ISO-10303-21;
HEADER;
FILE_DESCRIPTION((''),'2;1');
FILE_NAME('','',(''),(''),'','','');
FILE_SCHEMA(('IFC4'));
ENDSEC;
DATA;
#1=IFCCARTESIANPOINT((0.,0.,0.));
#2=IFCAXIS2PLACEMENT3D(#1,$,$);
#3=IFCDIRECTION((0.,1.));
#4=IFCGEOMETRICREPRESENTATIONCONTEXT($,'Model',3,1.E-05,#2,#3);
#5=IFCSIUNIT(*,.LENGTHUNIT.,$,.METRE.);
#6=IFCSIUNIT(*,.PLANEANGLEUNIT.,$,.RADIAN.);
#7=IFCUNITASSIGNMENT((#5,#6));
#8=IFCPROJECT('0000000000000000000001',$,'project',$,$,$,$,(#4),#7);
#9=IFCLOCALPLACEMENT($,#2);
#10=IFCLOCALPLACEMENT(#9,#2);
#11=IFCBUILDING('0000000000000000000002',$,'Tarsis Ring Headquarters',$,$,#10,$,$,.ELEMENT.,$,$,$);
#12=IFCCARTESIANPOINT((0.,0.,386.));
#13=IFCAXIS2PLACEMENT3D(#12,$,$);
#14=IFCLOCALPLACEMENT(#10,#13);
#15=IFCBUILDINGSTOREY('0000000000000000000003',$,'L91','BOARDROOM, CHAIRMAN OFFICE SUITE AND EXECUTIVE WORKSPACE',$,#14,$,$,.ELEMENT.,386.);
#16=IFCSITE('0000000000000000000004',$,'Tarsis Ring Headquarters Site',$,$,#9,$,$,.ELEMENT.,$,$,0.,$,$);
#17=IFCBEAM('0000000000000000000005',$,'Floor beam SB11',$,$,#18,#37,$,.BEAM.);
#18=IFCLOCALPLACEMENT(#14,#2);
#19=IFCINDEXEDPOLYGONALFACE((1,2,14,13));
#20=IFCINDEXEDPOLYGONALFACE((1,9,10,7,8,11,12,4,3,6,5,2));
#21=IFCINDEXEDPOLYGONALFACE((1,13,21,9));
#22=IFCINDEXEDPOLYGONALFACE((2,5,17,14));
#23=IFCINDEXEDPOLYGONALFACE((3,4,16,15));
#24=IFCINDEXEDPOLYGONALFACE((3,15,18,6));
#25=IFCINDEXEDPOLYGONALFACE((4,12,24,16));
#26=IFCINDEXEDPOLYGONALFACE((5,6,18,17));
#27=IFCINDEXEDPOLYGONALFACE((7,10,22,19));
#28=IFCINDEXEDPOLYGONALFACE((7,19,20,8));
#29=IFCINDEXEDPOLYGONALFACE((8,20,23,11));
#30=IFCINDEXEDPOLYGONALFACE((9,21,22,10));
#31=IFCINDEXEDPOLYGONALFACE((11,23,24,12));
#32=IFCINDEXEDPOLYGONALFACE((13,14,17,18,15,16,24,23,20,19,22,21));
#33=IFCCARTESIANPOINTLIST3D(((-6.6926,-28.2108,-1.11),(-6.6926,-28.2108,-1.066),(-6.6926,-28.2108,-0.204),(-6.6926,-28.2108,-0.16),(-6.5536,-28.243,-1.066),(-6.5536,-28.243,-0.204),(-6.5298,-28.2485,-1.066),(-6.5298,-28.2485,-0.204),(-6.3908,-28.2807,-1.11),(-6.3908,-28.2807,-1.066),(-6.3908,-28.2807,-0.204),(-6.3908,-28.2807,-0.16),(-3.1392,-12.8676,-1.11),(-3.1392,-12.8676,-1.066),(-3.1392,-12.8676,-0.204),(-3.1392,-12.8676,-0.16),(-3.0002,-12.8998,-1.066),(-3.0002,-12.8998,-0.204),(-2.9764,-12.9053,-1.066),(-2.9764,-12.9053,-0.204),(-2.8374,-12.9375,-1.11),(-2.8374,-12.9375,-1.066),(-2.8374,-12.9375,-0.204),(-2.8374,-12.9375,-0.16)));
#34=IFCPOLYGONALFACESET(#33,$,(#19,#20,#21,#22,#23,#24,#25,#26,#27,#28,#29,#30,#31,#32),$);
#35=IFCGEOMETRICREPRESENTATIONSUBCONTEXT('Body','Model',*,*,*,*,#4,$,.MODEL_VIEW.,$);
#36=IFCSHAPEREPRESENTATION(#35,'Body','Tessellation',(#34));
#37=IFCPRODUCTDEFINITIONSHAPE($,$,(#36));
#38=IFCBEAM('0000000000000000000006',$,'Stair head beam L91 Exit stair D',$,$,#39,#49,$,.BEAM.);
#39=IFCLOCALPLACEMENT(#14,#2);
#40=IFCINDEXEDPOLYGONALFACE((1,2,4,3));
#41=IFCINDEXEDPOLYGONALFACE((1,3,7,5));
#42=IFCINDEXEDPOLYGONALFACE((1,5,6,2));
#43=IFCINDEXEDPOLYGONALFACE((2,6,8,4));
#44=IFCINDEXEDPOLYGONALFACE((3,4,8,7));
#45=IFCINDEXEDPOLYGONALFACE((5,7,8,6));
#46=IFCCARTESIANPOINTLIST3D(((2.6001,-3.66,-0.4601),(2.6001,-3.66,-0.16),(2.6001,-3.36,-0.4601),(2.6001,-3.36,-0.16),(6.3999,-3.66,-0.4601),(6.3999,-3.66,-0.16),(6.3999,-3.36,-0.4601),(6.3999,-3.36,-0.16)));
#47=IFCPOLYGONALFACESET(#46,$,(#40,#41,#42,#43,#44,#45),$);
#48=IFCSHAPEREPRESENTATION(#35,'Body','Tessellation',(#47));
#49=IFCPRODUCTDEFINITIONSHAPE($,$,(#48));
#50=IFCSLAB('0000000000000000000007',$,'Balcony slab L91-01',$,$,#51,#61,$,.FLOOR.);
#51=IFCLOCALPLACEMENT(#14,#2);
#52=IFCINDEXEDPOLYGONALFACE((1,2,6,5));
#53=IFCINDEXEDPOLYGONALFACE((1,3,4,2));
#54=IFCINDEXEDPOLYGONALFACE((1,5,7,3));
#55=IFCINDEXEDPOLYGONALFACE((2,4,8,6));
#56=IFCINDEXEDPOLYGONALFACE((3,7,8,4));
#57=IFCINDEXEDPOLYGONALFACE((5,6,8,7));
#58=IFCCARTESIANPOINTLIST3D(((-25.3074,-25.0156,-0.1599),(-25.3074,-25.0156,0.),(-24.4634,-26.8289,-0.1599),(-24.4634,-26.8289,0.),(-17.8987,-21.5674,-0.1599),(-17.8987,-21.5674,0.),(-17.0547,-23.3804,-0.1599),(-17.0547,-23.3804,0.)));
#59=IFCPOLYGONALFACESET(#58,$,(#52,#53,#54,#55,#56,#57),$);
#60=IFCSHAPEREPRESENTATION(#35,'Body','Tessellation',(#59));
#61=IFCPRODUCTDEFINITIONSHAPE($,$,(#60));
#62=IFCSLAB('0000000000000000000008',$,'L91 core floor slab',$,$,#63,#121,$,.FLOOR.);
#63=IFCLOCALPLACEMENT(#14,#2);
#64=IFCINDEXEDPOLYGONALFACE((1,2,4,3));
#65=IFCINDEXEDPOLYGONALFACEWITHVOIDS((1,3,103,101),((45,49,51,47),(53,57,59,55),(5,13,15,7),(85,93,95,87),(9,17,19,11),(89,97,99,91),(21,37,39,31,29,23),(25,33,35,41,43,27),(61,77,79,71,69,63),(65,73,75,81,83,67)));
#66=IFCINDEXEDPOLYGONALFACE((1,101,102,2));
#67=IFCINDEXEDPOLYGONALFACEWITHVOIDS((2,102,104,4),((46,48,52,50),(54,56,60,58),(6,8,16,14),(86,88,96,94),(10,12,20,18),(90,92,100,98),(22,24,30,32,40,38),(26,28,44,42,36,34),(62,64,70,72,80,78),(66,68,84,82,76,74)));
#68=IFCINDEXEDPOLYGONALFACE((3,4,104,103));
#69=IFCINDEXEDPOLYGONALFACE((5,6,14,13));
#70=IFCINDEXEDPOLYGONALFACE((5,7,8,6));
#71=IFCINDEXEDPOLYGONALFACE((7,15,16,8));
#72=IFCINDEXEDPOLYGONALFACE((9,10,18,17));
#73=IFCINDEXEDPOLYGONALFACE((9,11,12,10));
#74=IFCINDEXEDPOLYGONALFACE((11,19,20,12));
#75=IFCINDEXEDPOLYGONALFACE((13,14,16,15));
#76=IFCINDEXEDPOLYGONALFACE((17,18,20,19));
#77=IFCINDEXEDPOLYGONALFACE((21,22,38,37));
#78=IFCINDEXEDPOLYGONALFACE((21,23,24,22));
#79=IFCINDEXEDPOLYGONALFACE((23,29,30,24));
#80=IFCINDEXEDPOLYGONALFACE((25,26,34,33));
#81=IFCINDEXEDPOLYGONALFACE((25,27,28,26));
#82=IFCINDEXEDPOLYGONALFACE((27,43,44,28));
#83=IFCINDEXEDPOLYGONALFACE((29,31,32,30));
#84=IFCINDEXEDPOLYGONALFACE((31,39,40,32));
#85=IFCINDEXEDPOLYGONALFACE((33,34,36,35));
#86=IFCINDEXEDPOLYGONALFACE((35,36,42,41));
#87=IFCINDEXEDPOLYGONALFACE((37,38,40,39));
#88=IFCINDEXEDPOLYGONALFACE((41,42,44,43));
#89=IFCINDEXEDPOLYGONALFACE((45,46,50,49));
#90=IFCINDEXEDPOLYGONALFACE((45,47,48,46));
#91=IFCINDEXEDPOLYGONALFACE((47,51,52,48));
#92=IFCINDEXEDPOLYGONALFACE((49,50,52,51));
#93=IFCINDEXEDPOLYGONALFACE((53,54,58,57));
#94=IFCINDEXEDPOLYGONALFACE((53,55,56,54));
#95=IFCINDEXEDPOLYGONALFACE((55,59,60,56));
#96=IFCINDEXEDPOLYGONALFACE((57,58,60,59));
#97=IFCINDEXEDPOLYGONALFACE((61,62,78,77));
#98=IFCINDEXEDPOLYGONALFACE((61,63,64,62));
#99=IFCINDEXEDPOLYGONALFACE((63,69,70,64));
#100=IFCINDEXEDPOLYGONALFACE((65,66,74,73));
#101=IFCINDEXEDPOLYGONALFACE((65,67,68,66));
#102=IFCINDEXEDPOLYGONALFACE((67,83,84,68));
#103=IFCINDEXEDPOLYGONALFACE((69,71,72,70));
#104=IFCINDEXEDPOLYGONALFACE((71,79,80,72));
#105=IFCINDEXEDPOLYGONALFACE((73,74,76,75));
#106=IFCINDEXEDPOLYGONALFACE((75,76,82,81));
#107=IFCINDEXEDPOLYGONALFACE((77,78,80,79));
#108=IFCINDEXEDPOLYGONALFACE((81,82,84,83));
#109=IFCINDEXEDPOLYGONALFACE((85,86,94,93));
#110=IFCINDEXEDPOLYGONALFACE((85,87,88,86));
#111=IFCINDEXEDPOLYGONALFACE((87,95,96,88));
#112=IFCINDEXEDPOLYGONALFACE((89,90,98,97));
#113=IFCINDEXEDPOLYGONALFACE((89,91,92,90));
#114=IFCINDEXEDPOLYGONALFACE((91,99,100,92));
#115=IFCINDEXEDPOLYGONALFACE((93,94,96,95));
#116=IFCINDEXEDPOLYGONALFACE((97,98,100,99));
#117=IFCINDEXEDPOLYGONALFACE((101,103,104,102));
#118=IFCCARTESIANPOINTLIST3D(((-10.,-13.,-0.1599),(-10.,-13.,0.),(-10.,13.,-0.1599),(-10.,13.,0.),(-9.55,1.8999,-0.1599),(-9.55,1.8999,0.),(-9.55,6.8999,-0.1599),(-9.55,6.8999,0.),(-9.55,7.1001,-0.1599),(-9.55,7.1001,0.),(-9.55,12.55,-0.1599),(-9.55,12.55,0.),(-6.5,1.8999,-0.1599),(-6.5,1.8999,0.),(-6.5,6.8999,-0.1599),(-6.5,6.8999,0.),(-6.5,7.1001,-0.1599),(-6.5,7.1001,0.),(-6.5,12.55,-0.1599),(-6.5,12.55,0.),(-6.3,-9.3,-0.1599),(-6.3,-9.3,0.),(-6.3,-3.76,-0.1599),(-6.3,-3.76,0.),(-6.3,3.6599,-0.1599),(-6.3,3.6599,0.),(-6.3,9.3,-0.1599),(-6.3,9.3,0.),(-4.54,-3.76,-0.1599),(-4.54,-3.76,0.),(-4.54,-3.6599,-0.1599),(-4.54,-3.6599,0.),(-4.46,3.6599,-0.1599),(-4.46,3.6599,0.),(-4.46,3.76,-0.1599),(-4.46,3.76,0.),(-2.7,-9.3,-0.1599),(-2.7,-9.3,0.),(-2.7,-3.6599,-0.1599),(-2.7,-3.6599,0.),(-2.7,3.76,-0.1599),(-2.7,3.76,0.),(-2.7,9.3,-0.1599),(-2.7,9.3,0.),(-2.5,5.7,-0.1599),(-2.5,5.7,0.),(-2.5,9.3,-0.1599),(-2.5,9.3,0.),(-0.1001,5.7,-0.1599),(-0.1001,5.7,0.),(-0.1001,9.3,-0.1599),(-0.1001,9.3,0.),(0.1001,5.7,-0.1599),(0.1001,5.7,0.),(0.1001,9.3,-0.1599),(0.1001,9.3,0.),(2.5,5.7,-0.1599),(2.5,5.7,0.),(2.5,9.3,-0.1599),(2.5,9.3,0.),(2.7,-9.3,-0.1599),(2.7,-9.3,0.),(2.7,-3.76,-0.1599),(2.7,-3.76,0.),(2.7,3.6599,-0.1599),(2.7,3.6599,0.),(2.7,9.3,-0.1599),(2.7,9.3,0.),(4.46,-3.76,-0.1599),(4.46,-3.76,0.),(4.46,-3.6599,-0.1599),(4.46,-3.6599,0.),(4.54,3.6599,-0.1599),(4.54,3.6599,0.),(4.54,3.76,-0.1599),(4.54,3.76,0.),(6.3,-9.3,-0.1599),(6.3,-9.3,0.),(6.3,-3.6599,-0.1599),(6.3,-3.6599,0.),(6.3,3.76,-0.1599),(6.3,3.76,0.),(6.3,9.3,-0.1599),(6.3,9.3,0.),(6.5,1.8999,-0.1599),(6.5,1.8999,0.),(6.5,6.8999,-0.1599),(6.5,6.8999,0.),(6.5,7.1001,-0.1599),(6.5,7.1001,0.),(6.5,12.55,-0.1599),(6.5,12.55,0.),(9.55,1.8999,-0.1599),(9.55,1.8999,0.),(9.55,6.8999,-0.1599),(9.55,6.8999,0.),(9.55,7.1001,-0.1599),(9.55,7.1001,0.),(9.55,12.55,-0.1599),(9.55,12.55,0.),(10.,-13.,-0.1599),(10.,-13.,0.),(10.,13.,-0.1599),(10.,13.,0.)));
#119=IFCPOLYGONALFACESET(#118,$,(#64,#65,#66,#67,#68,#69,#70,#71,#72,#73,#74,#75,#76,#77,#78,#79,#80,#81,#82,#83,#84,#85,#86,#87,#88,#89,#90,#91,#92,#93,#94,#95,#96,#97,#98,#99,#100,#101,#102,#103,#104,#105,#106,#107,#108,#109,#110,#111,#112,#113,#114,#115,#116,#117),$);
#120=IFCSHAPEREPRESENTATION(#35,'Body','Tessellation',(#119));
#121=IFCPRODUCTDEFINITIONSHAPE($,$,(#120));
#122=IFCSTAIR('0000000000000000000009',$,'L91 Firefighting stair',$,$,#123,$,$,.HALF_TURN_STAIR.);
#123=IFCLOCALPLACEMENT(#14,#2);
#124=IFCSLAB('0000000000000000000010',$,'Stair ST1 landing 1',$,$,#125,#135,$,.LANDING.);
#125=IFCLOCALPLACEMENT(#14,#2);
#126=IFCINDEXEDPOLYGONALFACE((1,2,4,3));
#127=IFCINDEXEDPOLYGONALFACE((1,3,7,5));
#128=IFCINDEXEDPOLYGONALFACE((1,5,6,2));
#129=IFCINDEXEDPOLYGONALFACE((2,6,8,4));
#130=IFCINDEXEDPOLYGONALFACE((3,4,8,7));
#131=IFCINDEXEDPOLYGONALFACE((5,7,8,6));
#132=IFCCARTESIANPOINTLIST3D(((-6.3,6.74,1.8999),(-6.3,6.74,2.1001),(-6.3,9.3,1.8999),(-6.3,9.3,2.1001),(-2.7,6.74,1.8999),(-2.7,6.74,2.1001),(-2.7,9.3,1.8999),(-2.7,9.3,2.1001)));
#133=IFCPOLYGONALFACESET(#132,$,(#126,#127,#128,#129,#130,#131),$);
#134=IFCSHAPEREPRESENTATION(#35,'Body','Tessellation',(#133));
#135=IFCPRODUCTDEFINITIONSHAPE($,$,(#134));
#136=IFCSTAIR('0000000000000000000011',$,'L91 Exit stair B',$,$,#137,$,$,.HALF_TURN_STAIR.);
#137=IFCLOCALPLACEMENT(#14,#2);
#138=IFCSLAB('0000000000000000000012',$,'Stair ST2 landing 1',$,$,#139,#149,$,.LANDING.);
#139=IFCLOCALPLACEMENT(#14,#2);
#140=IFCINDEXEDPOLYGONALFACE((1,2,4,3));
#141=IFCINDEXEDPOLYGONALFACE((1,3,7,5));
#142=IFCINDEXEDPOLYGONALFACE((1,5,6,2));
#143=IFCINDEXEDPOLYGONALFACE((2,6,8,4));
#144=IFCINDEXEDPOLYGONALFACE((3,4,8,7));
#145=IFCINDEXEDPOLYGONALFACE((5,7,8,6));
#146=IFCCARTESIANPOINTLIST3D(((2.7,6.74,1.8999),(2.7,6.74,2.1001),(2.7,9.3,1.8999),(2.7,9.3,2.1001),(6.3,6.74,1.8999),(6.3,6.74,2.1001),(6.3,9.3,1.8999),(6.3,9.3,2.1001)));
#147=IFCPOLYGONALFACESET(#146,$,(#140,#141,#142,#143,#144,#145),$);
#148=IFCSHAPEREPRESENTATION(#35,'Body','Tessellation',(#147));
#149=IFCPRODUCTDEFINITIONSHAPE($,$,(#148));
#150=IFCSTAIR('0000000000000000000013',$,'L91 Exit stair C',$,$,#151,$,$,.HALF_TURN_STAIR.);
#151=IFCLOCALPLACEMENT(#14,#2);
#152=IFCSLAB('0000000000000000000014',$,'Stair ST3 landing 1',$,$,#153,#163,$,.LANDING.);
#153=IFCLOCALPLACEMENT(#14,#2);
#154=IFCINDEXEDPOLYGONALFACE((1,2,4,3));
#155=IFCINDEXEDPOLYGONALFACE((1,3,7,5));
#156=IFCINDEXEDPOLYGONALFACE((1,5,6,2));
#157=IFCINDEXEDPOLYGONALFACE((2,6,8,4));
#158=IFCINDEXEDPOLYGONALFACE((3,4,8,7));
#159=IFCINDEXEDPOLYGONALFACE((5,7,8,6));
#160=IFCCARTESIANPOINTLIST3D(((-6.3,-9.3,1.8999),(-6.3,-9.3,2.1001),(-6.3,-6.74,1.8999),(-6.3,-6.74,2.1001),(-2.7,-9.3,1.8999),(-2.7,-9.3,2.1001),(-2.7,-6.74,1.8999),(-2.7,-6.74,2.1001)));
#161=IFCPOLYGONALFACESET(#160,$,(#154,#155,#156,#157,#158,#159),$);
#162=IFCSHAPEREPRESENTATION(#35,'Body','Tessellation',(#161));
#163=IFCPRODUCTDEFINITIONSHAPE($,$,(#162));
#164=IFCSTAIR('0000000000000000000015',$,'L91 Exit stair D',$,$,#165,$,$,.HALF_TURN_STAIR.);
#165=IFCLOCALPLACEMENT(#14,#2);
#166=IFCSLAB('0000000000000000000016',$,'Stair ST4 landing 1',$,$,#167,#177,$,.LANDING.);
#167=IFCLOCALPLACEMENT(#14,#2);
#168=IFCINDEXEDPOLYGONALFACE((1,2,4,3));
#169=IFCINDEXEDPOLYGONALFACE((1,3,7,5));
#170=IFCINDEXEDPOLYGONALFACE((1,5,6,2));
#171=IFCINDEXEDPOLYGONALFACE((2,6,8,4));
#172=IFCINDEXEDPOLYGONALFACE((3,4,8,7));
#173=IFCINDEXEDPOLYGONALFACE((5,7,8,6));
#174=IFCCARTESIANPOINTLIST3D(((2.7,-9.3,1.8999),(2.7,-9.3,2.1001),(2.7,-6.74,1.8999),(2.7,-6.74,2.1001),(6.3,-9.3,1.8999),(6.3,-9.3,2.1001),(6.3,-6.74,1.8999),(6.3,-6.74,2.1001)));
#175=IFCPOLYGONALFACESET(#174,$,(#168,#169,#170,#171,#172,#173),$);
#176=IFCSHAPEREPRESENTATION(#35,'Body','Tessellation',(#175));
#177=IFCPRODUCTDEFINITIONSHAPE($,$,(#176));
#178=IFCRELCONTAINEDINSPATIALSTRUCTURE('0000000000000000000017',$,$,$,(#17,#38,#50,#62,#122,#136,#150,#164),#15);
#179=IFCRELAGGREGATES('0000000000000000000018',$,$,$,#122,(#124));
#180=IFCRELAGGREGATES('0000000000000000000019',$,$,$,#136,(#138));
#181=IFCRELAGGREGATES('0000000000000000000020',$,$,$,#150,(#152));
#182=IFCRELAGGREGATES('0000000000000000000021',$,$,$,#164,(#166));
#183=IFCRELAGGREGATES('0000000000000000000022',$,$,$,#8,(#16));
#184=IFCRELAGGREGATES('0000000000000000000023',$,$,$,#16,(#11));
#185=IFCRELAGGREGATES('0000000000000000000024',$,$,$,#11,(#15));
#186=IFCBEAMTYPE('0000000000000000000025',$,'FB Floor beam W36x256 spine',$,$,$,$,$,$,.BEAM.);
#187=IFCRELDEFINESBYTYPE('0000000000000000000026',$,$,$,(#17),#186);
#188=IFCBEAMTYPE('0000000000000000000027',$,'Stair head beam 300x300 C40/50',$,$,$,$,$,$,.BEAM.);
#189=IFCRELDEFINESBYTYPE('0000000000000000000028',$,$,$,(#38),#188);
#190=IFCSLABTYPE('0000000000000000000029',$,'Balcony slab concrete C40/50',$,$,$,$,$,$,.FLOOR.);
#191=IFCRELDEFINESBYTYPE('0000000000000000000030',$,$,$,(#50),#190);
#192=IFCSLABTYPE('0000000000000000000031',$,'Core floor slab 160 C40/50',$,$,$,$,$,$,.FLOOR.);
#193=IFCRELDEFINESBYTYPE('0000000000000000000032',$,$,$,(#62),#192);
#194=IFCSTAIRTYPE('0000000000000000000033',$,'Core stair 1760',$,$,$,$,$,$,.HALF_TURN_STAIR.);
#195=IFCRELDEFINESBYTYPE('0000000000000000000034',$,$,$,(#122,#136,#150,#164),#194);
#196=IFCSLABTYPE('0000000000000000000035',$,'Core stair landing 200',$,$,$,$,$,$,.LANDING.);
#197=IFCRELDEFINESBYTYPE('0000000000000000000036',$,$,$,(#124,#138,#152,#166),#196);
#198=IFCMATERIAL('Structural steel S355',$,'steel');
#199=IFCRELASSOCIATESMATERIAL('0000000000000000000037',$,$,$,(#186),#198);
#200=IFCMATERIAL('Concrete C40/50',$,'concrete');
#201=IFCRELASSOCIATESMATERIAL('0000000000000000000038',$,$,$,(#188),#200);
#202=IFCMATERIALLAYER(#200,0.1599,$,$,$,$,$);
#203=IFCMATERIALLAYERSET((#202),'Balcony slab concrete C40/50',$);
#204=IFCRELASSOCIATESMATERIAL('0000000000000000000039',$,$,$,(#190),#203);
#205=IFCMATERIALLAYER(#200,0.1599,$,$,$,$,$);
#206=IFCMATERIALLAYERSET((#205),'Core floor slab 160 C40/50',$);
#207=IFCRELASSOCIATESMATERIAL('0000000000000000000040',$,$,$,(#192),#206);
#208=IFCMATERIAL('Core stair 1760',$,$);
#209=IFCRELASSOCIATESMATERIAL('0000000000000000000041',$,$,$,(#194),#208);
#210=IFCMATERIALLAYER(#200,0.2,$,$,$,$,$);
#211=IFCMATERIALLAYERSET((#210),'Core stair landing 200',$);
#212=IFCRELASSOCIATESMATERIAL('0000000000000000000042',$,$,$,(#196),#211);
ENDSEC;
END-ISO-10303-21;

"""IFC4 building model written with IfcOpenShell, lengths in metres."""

from ifc_helpers import new_model, si_unit, direction, frame, origin, origin_2d, place, context, subcontext, project, spatial, polyline, rectangle, i_section, outline, extrude, material, layer, layer_set, material_profile, profile_set, type_object, element, aggregate, save


model = new_model("IFC4")

# Units and contexts
model_context = context("Model", 3, precision=1e-05, world=origin(), true_north=direction((0.0, 1.0)))
body_context = subcontext(model_context, "Body", "Model", "MODEL_VIEW")
ifc_project = project(units=[si_unit("LENGTHUNIT", "METRE"), si_unit("PLANEANGLEUNIT", "RADIAN")], contexts=[model_context])

# Site, building, storey
site_placement = place(None, origin())
site = spatial("IfcSite", under=ifc_project, at=site_placement, Name="Tarsis Ring Headquarters Site", CompositionType="ELEMENT", RefElevation=0.0)
building_placement = place(site_placement, origin())
building = spatial("IfcBuilding", under=site, at=building_placement, Name="Tarsis Ring Headquarters", CompositionType="ELEMENT")
storey_placement = place(building_placement, frame((0.0, 0.0, 386.0)))
storey = spatial("IfcBuildingStorey", under=building, at=storey_placement, Name="L91", Description="BOARDROOM, CHAIRMAN OFFICE SUITE AND EXECUTIVE WORKSPACE", CompositionType="ELEMENT", Elevation=386.0)

# Beams
ifc_material_1 = material(Name="Structural steel S355", Category="steel")
ifc_material_profile_1 = material_profile(ifc_material_1, i_section(OverallWidth=0.3098, OverallDepth=0.95, WebThickness=0.0244, FlangeThickness=0.0439, at=origin_2d()), Name="W36x256")
ifc_profile_set_1 = profile_set([ifc_material_profile_1], Name="Structural steel S355")
beam_type_1 = type_object("IfcBeamType", Name="FB Floor beam W36x256 spine", PredefinedType="BEAM", material=ifc_profile_set_1)
beam_1_placement = place(storey_placement, frame((-2.9883, -12.9026, -0.635), z_axis=(-0.225626, -0.974214, 0.0), x_axis=(0.974214, -0.225626, 0.0)))
element("IfcBeam", 1, at=beam_1_placement, inside=storey, type_object=beam_type_1, Name="Floor beam SB11", PredefinedType="BEAM", context=body_context, shape_type="SweptSolid", body=[
    extrude(i_section(OverallWidth=0.3098, OverallDepth=0.95, WebThickness=0.0244, FlangeThickness=0.0439, at=origin_2d()), origin(), (0.0, 0.0, 1.0), 15.7493),
])
ifc_material_2 = material(Name="Concrete C40/50", Category="concrete")
ifc_material_profile_2 = material_profile(ifc_material_2, rectangle(XDim=0.3, YDim=0.3, at=origin_2d()), Name="Stair head beam 300x300 C40/50")
ifc_profile_set_2 = profile_set([ifc_material_profile_2], Name="Concrete C40/50")
beam_type_2 = type_object("IfcBeamType", Name="Stair head beam 300x300 C40/50", PredefinedType="BEAM", material=ifc_profile_set_2)
beam_2_placement = place(storey_placement, frame((2.6001, -3.51, -0.3101), z_axis=(1.0, 0.0, 0.0), x_axis=(0.0, 1.0, 0.0)))
element("IfcBeam", 2, at=beam_2_placement, inside=storey, type_object=beam_type_2, Name="Stair head beam L91 Exit stair D", PredefinedType="BEAM", context=body_context, shape_type="SweptSolid", body=[
    extrude(rectangle(XDim=0.3, YDim=0.3, at=origin_2d()), origin(), (0.0, 0.0, 1.0), 3.7998),
])

# Slabs
ifc_layer_1 = layer(ifc_material_2, 0.1599)
ifc_layer_set_1 = layer_set([ifc_layer_1], Name="Balcony slab concrete C40/50")
slab_type_1 = type_object("IfcSlabType", Name="Balcony slab concrete C40/50", PredefinedType="FLOOR", material=ifc_layer_set_1)
slab_1_placement = place(storey_placement, frame((0.0, 0.0, -0.1599)))
element("IfcSlab", 3, at=slab_1_placement, inside=storey, type_object=slab_type_1, Name="Balcony slab L91-01", PredefinedType="FLOOR", context=body_context, shape_type="SweptSolid", body=[
    extrude(outline(polyline([(-25.3074, -25.0156), (-24.4634, -26.8289), (-17.0547, -23.3804), (-17.8987, -21.5674), (-25.3074, -25.0156)])), origin(), (0.0, 0.0, 1.0), 0.1599),
])
ifc_layer_2 = layer(ifc_material_2, 0.1599)
ifc_layer_set_2 = layer_set([ifc_layer_2], Name="Core floor slab 160 C40/50")
slab_type_2 = type_object("IfcSlabType", Name="Core floor slab 160 C40/50", PredefinedType="FLOOR", material=ifc_layer_set_2)
slab_2_placement = place(storey_placement, frame((0.0, 0.0, -0.1599)))
element("IfcSlab", 4, at=slab_2_placement, inside=storey, type_object=slab_type_2, Name="L91 core floor slab", PredefinedType="FLOOR", context=body_context, shape_type="SweptSolid", body=[
    extrude(outline(polyline([(-10.0, -13.0), (10.0, -13.0), (10.0, 13.0), (-10.0, 13.0), (-10.0, -13.0)]), holes=[polyline([(-2.5, 5.7), (-0.1001, 5.7), (-0.1001, 9.3), (-2.5, 9.3), (-2.5, 5.7)]), polyline([(0.1001, 5.7), (2.5, 5.7), (2.5, 9.3), (0.1001, 9.3), (0.1001, 5.7)]), polyline([(-9.55, 1.8999), (-6.5, 1.8999), (-6.5, 6.8999), (-9.55, 6.8999), (-9.55, 1.8999)]), polyline([(-9.55, 7.1001), (-6.5, 7.1001), (-6.5, 12.55), (-9.55, 12.55), (-9.55, 7.1001)]), polyline([(6.5, 1.8999), (9.55, 1.8999), (9.55, 6.8999), (6.5, 6.8999), (6.5, 1.8999)]), polyline([(6.5, 7.1001), (9.55, 7.1001), (9.55, 12.55), (6.5, 12.55), (6.5, 7.1001)]), polyline([(-2.7, 3.76), (-2.7, 9.3), (-6.3, 9.3), (-6.3, 3.6599), (-4.46, 3.6599), (-4.46, 3.76), (-2.7, 3.76)]), polyline([(6.3, 3.76), (6.3, 9.3), (2.7, 9.3), (2.7, 3.6599), (4.54, 3.6599), (4.54, 3.76), (6.3, 3.76)]), polyline([(-6.3, -3.76), (-6.3, -9.3), (-2.7, -9.3), (-2.7, -3.6599), (-4.54, -3.6599), (-4.54, -3.76), (-6.3, -3.76)]), polyline([(2.7, -3.76), (2.7, -9.3), (6.3, -9.3), (6.3, -3.6599), (4.46, -3.6599), (4.46, -3.76), (2.7, -3.76)])]), origin(), (0.0, 0.0, 1.0), 0.1599),
])

# Stairs, slabs
ifc_material_3 = material(Name="Core stair 1760")
stair_type = type_object("IfcStairType", Name="Core stair 1760", PredefinedType="HALF_TURN_STAIR", material=ifc_material_3)
stair_1_placement = place(storey_placement, origin())
stair_1 = element("IfcStair", 5, at=stair_1_placement, inside=storey, type_object=stair_type, Name="L91 Firefighting stair", PredefinedType="HALF_TURN_STAIR")
ifc_layer_3 = layer(ifc_material_2, 0.2)
ifc_layer_set_3 = layer_set([ifc_layer_3], Name="Core stair landing 200")
slab_type_3 = type_object("IfcSlabType", Name="Core stair landing 200", PredefinedType="LANDING", material=ifc_layer_set_3)
slab_3_placement = place(storey_placement, frame((0.0, 0.0, 1.8999)))
slab_3 = element("IfcSlab", 6, at=slab_3_placement, type_object=slab_type_3, Name="Stair ST1 landing 1", PredefinedType="LANDING", context=body_context, shape_type="SweptSolid", body=[
    extrude(outline(polyline([(-2.7, 6.74), (-2.7, 9.3), (-6.3, 9.3), (-6.3, 6.74), (-2.7, 6.74)])), origin(), (0.0, 0.0, 1.0), 0.2002),
])
aggregate(stair_1, [slab_3])
stair_2_placement = place(storey_placement, origin())
stair_2 = element("IfcStair", 7, at=stair_2_placement, inside=storey, type_object=stair_type, Name="L91 Exit stair B", PredefinedType="HALF_TURN_STAIR")
slab_4_placement = place(storey_placement, frame((0.0, 0.0, 1.8999)))
slab_4 = element("IfcSlab", 8, at=slab_4_placement, type_object=slab_type_3, Name="Stair ST2 landing 1", PredefinedType="LANDING", context=body_context, shape_type="SweptSolid", body=[
    extrude(outline(polyline([(6.3, 6.74), (6.3, 9.3), (2.7, 9.3), (2.7, 6.74), (6.3, 6.74)])), origin(), (0.0, 0.0, 1.0), 0.2002),
])
aggregate(stair_2, [slab_4])
stair_3_placement = place(storey_placement, origin())
stair_3 = element("IfcStair", 9, at=stair_3_placement, inside=storey, type_object=stair_type, Name="L91 Exit stair C", PredefinedType="HALF_TURN_STAIR")
slab_5_placement = place(storey_placement, frame((0.0, 0.0, 1.8999)))
slab_5 = element("IfcSlab", 10, at=slab_5_placement, type_object=slab_type_3, Name="Stair ST3 landing 1", PredefinedType="LANDING", context=body_context, shape_type="SweptSolid", body=[
    extrude(outline(polyline([(-6.3, -6.74), (-6.3, -9.3), (-2.7, -9.3), (-2.7, -6.74), (-6.3, -6.74)])), origin(), (0.0, 0.0, 1.0), 0.2002),
])
aggregate(stair_3, [slab_5])
stair_4_placement = place(storey_placement, origin())
stair_4 = element("IfcStair", 11, at=stair_4_placement, inside=storey, type_object=stair_type, Name="L91 Exit stair D", PredefinedType="HALF_TURN_STAIR")
slab_6_placement = place(storey_placement, frame((0.0, 0.0, 1.8999)))
slab_6 = element("IfcSlab", 12, at=slab_6_placement, type_object=slab_type_3, Name="Stair ST4 landing 1", PredefinedType="LANDING", context=body_context, shape_type="SweptSolid", body=[
    extrude(outline(polyline([(2.7, -6.74), (2.7, -9.3), (6.3, -9.3), (6.3, -6.74), (2.7, -6.74)])), origin(), (0.0, 0.0, 1.0), 0.2002),
])
aggregate(stair_4, [slab_6])

save(model, "model.ifc")
